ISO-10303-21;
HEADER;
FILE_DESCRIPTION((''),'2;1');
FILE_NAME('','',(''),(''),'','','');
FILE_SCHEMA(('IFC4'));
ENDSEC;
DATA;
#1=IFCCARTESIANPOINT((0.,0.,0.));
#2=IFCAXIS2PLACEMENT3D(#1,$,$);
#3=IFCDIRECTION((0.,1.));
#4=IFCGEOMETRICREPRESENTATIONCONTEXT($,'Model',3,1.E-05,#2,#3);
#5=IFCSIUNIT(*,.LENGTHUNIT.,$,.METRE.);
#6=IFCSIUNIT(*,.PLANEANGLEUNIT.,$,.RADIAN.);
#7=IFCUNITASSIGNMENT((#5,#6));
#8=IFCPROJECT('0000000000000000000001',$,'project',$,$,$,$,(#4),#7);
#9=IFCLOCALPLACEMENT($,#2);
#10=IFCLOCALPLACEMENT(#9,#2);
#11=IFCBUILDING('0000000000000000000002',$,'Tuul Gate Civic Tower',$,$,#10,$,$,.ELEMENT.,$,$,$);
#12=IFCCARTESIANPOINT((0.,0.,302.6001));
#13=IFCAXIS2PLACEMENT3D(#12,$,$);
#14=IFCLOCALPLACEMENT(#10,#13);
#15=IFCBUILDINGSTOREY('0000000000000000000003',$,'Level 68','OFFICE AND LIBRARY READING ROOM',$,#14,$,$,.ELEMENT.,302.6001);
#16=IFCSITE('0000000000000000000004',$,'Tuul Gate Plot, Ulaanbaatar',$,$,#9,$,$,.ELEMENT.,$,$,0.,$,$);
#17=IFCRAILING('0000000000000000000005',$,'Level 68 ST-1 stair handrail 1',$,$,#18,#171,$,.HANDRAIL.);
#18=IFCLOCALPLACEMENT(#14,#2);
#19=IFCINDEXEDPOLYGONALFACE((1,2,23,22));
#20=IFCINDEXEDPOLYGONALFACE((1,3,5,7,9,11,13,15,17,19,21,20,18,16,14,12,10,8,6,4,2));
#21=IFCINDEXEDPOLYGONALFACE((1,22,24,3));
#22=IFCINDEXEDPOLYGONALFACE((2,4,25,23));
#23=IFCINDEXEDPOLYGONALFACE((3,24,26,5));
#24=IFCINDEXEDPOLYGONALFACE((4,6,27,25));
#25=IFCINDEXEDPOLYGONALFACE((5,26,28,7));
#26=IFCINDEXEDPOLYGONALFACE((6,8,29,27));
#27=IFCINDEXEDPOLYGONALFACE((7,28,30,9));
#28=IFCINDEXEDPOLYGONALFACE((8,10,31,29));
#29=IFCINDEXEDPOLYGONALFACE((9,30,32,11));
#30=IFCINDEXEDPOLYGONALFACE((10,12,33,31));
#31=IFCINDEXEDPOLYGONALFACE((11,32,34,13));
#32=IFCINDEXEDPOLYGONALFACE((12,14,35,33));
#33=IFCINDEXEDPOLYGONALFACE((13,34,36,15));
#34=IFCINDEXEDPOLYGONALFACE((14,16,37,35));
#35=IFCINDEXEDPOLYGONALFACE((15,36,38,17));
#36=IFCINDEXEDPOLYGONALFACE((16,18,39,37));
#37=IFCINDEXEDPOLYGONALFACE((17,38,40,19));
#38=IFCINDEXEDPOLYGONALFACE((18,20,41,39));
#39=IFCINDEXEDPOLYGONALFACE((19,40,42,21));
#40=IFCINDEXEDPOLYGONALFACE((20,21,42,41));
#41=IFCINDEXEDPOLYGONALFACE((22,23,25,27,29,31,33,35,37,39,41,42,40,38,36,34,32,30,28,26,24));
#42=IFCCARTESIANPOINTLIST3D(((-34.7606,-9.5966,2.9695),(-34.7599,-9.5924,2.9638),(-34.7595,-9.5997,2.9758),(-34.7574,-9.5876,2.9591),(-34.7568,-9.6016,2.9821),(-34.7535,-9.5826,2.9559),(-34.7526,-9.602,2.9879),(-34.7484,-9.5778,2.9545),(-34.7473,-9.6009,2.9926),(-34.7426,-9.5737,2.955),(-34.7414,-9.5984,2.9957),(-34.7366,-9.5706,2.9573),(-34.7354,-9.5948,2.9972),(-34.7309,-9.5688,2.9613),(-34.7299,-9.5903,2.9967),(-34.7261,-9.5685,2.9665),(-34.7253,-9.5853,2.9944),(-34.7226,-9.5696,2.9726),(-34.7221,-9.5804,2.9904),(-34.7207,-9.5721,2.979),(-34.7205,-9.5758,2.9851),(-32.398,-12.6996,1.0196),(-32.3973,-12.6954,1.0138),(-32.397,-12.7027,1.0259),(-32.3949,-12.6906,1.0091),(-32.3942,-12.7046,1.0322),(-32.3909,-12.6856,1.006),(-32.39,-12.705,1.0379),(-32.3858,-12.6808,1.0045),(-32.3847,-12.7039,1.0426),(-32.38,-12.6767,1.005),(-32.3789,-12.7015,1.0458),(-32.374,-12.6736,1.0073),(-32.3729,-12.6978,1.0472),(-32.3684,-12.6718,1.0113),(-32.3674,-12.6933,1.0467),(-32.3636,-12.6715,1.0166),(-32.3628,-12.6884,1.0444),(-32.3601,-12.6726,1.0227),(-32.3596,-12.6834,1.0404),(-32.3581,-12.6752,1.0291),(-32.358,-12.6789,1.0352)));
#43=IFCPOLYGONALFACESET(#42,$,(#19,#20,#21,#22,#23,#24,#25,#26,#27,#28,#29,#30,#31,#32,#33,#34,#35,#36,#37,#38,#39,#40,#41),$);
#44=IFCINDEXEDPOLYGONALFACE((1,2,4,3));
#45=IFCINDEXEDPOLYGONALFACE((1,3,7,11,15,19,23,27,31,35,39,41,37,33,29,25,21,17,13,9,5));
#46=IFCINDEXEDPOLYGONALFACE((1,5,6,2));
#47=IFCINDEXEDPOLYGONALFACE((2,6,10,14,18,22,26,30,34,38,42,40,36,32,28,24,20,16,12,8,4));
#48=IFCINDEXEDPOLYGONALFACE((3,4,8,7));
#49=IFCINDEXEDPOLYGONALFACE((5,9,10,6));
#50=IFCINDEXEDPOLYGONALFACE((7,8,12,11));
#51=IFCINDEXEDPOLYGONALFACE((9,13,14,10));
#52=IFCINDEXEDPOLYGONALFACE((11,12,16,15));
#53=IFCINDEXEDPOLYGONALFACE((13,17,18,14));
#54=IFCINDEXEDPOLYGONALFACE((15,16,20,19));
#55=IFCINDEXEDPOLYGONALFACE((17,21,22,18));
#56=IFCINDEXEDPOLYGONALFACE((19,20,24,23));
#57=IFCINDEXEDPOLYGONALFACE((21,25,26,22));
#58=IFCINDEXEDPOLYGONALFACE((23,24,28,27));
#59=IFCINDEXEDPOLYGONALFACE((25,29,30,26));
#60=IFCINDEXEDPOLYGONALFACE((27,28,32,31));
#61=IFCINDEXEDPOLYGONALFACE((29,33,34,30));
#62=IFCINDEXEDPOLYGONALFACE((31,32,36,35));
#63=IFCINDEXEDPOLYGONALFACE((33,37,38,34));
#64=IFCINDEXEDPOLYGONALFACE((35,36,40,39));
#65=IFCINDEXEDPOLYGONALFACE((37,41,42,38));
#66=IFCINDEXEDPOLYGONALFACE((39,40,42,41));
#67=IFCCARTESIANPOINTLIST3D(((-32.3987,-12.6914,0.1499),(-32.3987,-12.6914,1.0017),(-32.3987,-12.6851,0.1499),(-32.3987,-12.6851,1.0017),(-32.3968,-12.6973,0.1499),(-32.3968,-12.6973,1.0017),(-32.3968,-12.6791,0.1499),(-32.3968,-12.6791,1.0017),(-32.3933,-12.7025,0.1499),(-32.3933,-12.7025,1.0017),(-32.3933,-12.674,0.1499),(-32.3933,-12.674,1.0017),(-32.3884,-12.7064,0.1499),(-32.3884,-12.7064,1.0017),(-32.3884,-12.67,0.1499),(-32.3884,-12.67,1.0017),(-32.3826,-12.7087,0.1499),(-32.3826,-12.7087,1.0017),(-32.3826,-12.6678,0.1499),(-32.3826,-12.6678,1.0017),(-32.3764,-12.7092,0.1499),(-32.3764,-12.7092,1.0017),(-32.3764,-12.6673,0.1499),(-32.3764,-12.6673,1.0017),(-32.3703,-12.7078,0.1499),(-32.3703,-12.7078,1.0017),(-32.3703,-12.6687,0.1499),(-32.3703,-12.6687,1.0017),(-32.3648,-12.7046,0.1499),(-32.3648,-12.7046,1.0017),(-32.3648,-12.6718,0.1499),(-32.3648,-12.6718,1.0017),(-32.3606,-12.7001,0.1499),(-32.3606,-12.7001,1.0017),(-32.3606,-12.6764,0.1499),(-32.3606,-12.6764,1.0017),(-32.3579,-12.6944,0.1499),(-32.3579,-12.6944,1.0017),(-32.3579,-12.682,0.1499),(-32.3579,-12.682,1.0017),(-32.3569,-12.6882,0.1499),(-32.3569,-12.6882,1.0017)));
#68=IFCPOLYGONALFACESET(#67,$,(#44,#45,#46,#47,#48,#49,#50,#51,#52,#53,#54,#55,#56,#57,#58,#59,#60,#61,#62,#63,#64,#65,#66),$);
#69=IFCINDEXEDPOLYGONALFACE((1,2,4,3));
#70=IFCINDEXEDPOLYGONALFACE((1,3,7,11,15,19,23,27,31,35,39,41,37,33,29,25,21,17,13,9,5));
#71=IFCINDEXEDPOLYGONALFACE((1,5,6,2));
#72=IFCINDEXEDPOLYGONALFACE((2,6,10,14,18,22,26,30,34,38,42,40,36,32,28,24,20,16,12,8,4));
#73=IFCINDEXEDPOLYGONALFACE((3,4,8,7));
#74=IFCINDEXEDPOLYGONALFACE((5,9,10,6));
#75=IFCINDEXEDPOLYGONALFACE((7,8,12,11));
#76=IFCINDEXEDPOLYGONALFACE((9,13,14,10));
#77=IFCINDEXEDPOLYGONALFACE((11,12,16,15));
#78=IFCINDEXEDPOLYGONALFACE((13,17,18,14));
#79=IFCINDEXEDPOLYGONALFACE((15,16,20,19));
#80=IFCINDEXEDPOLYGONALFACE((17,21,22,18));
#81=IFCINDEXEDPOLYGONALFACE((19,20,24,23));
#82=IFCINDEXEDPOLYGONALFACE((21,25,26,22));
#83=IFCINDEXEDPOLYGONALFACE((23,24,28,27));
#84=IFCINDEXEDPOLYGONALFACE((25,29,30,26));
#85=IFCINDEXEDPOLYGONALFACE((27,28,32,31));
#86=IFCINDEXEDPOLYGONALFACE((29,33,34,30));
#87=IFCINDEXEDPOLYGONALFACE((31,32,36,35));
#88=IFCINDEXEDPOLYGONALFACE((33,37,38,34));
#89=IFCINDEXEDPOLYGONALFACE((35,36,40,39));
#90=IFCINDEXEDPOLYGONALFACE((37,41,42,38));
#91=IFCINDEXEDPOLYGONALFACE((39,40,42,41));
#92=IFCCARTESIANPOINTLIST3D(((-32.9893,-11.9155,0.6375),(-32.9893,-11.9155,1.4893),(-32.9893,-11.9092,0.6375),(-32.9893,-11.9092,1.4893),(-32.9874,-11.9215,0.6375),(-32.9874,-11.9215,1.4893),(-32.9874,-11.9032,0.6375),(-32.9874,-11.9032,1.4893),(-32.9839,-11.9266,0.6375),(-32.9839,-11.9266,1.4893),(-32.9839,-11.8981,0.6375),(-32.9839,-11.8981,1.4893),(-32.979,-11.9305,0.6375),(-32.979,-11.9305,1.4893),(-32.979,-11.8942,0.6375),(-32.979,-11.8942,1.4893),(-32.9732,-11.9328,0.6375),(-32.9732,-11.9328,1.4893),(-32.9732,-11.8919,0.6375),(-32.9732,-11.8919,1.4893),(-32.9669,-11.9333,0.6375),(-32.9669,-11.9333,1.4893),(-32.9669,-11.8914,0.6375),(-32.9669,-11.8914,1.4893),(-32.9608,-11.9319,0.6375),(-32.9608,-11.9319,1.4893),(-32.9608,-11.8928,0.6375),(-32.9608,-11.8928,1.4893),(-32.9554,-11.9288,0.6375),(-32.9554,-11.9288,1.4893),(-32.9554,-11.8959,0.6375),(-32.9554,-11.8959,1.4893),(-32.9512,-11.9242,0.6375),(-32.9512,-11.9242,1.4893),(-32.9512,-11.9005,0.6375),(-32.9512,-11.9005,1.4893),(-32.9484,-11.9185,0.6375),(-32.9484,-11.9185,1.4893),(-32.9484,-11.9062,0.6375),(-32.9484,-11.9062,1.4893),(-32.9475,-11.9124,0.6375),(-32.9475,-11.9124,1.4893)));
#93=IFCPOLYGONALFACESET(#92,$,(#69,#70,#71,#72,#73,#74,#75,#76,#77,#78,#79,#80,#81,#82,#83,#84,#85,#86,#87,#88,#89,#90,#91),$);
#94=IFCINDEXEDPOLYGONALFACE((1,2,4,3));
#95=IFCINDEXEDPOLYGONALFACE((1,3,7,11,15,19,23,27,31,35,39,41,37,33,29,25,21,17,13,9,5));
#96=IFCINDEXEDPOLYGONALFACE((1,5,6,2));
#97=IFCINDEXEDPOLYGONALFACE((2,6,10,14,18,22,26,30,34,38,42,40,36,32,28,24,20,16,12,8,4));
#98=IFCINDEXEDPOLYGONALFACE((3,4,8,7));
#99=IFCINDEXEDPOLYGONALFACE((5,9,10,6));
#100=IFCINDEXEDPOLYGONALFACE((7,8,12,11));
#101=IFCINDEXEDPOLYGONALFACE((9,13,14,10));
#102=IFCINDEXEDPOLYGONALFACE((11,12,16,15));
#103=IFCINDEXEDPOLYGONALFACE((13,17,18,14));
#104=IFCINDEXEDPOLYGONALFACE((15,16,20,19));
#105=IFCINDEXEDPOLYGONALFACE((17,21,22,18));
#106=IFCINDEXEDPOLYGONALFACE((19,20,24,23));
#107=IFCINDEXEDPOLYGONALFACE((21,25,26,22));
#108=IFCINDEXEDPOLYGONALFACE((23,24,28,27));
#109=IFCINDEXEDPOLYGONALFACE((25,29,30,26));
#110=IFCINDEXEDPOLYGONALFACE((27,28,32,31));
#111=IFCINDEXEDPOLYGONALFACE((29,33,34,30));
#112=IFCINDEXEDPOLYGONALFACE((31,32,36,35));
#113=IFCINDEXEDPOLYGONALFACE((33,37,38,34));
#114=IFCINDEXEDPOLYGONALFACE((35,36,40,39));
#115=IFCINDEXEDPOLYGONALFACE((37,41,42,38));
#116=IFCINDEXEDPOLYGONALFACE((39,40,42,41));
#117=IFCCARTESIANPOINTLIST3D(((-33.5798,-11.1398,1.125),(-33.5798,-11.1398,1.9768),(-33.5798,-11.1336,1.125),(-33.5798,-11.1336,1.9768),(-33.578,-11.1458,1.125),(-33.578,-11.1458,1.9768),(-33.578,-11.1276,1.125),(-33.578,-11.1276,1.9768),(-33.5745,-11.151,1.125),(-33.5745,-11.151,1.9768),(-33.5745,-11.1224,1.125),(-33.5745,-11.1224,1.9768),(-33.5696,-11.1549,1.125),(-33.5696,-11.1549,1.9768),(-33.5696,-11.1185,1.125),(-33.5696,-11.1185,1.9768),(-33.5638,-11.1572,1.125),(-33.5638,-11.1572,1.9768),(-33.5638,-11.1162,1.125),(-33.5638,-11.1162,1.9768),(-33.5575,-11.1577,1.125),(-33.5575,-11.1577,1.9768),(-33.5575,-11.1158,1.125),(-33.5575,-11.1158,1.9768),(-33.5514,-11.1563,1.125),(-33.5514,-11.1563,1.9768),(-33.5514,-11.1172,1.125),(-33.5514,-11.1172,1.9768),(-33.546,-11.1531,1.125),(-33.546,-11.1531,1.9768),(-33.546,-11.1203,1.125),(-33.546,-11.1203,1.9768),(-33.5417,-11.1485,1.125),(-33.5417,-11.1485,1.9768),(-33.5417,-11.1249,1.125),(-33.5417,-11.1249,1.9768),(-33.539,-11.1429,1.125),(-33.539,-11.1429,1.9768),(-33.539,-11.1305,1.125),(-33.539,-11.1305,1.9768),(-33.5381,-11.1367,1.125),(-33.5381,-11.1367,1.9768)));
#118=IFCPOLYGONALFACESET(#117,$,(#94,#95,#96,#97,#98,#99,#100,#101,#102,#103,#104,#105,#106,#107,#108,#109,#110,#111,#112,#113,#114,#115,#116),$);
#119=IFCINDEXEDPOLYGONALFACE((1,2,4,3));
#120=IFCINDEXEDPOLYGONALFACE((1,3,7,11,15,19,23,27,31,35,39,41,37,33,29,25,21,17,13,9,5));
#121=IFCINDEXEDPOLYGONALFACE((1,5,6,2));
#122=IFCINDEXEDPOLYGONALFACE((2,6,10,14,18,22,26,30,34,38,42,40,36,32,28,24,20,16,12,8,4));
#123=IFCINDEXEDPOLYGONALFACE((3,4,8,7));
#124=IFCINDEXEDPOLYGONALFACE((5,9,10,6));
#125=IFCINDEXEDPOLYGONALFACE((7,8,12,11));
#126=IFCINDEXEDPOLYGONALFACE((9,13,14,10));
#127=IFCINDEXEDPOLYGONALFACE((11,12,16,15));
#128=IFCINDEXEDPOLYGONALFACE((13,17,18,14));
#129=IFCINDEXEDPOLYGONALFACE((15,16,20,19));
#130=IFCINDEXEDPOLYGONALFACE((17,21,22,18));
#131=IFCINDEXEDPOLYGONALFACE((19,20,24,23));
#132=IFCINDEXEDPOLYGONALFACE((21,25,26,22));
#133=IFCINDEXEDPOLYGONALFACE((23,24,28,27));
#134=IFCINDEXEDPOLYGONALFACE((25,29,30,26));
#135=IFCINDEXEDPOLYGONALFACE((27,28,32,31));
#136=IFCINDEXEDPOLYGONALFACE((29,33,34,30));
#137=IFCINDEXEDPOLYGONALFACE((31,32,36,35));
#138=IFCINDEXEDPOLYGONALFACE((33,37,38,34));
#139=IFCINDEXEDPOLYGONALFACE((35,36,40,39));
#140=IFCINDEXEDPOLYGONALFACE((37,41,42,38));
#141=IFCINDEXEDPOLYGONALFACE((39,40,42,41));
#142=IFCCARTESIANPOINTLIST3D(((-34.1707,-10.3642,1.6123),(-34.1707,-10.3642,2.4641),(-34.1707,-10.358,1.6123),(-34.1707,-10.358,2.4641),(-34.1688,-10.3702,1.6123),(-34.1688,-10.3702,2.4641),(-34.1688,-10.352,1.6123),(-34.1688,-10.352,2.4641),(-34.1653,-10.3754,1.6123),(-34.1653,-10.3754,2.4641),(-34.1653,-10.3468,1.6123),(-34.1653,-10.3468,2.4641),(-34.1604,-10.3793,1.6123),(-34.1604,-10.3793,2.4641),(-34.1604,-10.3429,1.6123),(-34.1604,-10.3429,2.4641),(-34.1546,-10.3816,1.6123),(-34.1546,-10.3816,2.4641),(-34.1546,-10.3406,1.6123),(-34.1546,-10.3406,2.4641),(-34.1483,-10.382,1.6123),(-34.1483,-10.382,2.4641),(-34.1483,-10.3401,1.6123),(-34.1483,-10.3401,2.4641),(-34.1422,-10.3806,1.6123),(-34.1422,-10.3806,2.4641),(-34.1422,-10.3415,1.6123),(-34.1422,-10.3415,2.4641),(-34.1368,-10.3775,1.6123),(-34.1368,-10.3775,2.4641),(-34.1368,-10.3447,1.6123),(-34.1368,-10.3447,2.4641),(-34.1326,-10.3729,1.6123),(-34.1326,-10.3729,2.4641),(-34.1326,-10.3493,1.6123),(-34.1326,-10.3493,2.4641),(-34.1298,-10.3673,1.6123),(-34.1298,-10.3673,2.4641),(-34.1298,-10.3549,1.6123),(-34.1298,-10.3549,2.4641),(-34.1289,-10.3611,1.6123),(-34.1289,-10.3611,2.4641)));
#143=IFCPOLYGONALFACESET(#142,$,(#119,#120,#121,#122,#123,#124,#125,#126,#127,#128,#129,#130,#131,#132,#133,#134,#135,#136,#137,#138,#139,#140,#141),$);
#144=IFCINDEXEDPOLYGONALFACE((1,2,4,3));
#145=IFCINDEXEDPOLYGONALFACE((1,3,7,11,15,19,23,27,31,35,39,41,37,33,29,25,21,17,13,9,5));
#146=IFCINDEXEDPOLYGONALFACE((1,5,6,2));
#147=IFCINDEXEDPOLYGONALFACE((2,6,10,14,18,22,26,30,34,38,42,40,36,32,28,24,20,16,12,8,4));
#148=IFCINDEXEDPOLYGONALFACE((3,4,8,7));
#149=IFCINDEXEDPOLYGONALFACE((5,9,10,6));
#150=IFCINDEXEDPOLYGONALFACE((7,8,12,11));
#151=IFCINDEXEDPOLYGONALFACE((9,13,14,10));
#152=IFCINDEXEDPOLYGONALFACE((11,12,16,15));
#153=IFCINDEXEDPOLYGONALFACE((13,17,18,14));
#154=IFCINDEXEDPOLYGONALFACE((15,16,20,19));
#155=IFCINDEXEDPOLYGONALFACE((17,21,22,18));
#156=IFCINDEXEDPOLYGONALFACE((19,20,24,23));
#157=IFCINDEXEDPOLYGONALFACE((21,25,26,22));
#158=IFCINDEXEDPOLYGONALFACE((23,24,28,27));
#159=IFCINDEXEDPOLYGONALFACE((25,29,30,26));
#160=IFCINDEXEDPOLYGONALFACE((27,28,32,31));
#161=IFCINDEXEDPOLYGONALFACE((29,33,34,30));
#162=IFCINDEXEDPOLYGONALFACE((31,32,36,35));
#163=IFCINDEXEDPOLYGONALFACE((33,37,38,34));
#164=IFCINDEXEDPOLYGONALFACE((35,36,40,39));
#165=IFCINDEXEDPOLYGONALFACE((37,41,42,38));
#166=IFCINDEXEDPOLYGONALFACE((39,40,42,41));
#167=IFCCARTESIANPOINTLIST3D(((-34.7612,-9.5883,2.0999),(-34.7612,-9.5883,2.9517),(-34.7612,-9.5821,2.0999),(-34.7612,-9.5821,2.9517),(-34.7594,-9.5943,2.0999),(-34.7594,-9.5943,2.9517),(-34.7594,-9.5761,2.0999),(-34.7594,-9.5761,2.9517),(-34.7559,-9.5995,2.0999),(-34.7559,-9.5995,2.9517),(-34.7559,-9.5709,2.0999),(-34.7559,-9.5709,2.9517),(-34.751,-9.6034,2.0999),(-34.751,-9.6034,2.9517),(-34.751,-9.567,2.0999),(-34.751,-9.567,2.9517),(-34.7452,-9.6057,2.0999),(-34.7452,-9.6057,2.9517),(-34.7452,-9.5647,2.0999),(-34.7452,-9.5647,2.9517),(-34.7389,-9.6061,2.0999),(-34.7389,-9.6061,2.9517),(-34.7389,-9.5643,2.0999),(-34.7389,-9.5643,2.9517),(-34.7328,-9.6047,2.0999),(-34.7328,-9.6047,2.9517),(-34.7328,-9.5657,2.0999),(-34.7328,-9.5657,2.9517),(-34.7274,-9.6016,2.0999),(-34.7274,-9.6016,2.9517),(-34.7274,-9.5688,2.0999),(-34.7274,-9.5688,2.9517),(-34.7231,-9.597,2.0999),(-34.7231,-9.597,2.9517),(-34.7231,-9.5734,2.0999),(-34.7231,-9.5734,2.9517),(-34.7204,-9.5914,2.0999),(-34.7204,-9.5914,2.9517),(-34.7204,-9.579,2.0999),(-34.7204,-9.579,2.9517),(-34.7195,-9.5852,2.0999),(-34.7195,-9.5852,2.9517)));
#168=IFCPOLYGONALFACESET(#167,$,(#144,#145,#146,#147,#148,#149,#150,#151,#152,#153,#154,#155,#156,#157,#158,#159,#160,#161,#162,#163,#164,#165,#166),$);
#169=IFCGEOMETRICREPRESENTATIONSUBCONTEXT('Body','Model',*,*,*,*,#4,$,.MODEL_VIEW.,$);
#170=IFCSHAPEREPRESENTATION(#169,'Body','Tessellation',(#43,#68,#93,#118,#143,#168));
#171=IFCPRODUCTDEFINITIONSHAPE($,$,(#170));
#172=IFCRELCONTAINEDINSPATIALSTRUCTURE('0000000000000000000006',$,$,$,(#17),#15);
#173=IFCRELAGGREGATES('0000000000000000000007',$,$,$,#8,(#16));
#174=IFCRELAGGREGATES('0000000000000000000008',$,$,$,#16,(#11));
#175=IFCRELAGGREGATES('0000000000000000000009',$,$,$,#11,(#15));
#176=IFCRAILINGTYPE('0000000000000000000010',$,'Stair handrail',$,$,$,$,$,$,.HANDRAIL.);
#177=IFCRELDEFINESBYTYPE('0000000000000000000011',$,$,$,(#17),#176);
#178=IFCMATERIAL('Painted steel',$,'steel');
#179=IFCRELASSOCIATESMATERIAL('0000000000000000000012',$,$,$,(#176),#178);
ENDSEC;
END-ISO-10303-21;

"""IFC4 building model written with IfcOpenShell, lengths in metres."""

from ifc_helpers import new_model, si_unit, direction, frame, origin, origin_2d, place, context, subcontext, project, spatial, circle, extrude, material, type_object, element, save


model = new_model("IFC4")

# Units and contexts
model_context = context("Model", 3, precision=1e-05, world=origin(), true_north=direction((0.0, 1.0)))
body_context = subcontext(model_context, "Body", "Model", "MODEL_VIEW")
ifc_project = project(units=[si_unit("LENGTHUNIT", "METRE"), si_unit("PLANEANGLEUNIT", "RADIAN")], contexts=[model_context])

# Site, building, storey
site_placement = place(None, origin())
site = spatial("IfcSite", under=ifc_project, at=site_placement, Name="Tuul Gate Plot, Ulaanbaatar", CompositionType="ELEMENT", RefElevation=0.0)
building_placement = place(site_placement, origin())
building = spatial("IfcBuilding", under=site, at=building_placement, Name="Tuul Gate Civic Tower", CompositionType="ELEMENT")
storey_placement = place(building_placement, frame((0.0, 0.0, 302.6001)))
storey = spatial("IfcBuildingStorey", under=building, at=storey_placement, Name="Level 68", Description="OFFICE AND LIBRARY READING ROOM", CompositionType="ELEMENT", Elevation=302.6001)

# Railing
ifc_material_1 = material(Name="Painted steel", Category="steel")
railing_type_1 = type_object("IfcRailingType", Name="Stair handrail", PredefinedType="HANDRAIL", material=ifc_material_1)
railing_1_placement = place(storey_placement, frame((-32.3779, -12.6882, 0.1499)))
element("IfcRailing", 1, at=railing_1_placement, inside=storey, type_object=railing_type_1, Name="Level 68 ST-1 stair handrail 1", PredefinedType="HANDRAIL", context=body_context, shape_type="SweptSolid", body=[
    extrude(circle(Radius=0.0239, at=origin_2d()), frame((0.0, 0.0, 0.876), z_axis=(-0.541824, 0.711645, 0.4472), x_axis=(-0.795637, -0.605773, 0.0)), (0.0, 0.0, 1.0), 4.3604),
    extrude(circle(Radius=0.021, at=origin_2d()), origin(), (0.0, 0.0, 1.0), 0.8518),
    extrude(circle(Radius=0.021, at=origin_2d()), frame((-0.5906, 0.7759, 0.4875)), (0.0, 0.0, 1.0), 0.8518),
    extrude(circle(Radius=0.021, at=origin_2d()), frame((-1.1812, 1.5515, 0.9751)), (0.0, 0.0, 1.0), 0.8518),
    extrude(circle(Radius=0.021, at=origin_2d()), frame((-1.772, 2.3271, 1.4624)), (0.0, 0.0, 1.0), 0.8518),
    extrude(circle(Radius=0.021, at=origin_2d()), frame((-2.3625, 3.103, 1.95)), (0.0, 0.0, 1.0), 0.8518),
])

save(model, "model.ifc")
